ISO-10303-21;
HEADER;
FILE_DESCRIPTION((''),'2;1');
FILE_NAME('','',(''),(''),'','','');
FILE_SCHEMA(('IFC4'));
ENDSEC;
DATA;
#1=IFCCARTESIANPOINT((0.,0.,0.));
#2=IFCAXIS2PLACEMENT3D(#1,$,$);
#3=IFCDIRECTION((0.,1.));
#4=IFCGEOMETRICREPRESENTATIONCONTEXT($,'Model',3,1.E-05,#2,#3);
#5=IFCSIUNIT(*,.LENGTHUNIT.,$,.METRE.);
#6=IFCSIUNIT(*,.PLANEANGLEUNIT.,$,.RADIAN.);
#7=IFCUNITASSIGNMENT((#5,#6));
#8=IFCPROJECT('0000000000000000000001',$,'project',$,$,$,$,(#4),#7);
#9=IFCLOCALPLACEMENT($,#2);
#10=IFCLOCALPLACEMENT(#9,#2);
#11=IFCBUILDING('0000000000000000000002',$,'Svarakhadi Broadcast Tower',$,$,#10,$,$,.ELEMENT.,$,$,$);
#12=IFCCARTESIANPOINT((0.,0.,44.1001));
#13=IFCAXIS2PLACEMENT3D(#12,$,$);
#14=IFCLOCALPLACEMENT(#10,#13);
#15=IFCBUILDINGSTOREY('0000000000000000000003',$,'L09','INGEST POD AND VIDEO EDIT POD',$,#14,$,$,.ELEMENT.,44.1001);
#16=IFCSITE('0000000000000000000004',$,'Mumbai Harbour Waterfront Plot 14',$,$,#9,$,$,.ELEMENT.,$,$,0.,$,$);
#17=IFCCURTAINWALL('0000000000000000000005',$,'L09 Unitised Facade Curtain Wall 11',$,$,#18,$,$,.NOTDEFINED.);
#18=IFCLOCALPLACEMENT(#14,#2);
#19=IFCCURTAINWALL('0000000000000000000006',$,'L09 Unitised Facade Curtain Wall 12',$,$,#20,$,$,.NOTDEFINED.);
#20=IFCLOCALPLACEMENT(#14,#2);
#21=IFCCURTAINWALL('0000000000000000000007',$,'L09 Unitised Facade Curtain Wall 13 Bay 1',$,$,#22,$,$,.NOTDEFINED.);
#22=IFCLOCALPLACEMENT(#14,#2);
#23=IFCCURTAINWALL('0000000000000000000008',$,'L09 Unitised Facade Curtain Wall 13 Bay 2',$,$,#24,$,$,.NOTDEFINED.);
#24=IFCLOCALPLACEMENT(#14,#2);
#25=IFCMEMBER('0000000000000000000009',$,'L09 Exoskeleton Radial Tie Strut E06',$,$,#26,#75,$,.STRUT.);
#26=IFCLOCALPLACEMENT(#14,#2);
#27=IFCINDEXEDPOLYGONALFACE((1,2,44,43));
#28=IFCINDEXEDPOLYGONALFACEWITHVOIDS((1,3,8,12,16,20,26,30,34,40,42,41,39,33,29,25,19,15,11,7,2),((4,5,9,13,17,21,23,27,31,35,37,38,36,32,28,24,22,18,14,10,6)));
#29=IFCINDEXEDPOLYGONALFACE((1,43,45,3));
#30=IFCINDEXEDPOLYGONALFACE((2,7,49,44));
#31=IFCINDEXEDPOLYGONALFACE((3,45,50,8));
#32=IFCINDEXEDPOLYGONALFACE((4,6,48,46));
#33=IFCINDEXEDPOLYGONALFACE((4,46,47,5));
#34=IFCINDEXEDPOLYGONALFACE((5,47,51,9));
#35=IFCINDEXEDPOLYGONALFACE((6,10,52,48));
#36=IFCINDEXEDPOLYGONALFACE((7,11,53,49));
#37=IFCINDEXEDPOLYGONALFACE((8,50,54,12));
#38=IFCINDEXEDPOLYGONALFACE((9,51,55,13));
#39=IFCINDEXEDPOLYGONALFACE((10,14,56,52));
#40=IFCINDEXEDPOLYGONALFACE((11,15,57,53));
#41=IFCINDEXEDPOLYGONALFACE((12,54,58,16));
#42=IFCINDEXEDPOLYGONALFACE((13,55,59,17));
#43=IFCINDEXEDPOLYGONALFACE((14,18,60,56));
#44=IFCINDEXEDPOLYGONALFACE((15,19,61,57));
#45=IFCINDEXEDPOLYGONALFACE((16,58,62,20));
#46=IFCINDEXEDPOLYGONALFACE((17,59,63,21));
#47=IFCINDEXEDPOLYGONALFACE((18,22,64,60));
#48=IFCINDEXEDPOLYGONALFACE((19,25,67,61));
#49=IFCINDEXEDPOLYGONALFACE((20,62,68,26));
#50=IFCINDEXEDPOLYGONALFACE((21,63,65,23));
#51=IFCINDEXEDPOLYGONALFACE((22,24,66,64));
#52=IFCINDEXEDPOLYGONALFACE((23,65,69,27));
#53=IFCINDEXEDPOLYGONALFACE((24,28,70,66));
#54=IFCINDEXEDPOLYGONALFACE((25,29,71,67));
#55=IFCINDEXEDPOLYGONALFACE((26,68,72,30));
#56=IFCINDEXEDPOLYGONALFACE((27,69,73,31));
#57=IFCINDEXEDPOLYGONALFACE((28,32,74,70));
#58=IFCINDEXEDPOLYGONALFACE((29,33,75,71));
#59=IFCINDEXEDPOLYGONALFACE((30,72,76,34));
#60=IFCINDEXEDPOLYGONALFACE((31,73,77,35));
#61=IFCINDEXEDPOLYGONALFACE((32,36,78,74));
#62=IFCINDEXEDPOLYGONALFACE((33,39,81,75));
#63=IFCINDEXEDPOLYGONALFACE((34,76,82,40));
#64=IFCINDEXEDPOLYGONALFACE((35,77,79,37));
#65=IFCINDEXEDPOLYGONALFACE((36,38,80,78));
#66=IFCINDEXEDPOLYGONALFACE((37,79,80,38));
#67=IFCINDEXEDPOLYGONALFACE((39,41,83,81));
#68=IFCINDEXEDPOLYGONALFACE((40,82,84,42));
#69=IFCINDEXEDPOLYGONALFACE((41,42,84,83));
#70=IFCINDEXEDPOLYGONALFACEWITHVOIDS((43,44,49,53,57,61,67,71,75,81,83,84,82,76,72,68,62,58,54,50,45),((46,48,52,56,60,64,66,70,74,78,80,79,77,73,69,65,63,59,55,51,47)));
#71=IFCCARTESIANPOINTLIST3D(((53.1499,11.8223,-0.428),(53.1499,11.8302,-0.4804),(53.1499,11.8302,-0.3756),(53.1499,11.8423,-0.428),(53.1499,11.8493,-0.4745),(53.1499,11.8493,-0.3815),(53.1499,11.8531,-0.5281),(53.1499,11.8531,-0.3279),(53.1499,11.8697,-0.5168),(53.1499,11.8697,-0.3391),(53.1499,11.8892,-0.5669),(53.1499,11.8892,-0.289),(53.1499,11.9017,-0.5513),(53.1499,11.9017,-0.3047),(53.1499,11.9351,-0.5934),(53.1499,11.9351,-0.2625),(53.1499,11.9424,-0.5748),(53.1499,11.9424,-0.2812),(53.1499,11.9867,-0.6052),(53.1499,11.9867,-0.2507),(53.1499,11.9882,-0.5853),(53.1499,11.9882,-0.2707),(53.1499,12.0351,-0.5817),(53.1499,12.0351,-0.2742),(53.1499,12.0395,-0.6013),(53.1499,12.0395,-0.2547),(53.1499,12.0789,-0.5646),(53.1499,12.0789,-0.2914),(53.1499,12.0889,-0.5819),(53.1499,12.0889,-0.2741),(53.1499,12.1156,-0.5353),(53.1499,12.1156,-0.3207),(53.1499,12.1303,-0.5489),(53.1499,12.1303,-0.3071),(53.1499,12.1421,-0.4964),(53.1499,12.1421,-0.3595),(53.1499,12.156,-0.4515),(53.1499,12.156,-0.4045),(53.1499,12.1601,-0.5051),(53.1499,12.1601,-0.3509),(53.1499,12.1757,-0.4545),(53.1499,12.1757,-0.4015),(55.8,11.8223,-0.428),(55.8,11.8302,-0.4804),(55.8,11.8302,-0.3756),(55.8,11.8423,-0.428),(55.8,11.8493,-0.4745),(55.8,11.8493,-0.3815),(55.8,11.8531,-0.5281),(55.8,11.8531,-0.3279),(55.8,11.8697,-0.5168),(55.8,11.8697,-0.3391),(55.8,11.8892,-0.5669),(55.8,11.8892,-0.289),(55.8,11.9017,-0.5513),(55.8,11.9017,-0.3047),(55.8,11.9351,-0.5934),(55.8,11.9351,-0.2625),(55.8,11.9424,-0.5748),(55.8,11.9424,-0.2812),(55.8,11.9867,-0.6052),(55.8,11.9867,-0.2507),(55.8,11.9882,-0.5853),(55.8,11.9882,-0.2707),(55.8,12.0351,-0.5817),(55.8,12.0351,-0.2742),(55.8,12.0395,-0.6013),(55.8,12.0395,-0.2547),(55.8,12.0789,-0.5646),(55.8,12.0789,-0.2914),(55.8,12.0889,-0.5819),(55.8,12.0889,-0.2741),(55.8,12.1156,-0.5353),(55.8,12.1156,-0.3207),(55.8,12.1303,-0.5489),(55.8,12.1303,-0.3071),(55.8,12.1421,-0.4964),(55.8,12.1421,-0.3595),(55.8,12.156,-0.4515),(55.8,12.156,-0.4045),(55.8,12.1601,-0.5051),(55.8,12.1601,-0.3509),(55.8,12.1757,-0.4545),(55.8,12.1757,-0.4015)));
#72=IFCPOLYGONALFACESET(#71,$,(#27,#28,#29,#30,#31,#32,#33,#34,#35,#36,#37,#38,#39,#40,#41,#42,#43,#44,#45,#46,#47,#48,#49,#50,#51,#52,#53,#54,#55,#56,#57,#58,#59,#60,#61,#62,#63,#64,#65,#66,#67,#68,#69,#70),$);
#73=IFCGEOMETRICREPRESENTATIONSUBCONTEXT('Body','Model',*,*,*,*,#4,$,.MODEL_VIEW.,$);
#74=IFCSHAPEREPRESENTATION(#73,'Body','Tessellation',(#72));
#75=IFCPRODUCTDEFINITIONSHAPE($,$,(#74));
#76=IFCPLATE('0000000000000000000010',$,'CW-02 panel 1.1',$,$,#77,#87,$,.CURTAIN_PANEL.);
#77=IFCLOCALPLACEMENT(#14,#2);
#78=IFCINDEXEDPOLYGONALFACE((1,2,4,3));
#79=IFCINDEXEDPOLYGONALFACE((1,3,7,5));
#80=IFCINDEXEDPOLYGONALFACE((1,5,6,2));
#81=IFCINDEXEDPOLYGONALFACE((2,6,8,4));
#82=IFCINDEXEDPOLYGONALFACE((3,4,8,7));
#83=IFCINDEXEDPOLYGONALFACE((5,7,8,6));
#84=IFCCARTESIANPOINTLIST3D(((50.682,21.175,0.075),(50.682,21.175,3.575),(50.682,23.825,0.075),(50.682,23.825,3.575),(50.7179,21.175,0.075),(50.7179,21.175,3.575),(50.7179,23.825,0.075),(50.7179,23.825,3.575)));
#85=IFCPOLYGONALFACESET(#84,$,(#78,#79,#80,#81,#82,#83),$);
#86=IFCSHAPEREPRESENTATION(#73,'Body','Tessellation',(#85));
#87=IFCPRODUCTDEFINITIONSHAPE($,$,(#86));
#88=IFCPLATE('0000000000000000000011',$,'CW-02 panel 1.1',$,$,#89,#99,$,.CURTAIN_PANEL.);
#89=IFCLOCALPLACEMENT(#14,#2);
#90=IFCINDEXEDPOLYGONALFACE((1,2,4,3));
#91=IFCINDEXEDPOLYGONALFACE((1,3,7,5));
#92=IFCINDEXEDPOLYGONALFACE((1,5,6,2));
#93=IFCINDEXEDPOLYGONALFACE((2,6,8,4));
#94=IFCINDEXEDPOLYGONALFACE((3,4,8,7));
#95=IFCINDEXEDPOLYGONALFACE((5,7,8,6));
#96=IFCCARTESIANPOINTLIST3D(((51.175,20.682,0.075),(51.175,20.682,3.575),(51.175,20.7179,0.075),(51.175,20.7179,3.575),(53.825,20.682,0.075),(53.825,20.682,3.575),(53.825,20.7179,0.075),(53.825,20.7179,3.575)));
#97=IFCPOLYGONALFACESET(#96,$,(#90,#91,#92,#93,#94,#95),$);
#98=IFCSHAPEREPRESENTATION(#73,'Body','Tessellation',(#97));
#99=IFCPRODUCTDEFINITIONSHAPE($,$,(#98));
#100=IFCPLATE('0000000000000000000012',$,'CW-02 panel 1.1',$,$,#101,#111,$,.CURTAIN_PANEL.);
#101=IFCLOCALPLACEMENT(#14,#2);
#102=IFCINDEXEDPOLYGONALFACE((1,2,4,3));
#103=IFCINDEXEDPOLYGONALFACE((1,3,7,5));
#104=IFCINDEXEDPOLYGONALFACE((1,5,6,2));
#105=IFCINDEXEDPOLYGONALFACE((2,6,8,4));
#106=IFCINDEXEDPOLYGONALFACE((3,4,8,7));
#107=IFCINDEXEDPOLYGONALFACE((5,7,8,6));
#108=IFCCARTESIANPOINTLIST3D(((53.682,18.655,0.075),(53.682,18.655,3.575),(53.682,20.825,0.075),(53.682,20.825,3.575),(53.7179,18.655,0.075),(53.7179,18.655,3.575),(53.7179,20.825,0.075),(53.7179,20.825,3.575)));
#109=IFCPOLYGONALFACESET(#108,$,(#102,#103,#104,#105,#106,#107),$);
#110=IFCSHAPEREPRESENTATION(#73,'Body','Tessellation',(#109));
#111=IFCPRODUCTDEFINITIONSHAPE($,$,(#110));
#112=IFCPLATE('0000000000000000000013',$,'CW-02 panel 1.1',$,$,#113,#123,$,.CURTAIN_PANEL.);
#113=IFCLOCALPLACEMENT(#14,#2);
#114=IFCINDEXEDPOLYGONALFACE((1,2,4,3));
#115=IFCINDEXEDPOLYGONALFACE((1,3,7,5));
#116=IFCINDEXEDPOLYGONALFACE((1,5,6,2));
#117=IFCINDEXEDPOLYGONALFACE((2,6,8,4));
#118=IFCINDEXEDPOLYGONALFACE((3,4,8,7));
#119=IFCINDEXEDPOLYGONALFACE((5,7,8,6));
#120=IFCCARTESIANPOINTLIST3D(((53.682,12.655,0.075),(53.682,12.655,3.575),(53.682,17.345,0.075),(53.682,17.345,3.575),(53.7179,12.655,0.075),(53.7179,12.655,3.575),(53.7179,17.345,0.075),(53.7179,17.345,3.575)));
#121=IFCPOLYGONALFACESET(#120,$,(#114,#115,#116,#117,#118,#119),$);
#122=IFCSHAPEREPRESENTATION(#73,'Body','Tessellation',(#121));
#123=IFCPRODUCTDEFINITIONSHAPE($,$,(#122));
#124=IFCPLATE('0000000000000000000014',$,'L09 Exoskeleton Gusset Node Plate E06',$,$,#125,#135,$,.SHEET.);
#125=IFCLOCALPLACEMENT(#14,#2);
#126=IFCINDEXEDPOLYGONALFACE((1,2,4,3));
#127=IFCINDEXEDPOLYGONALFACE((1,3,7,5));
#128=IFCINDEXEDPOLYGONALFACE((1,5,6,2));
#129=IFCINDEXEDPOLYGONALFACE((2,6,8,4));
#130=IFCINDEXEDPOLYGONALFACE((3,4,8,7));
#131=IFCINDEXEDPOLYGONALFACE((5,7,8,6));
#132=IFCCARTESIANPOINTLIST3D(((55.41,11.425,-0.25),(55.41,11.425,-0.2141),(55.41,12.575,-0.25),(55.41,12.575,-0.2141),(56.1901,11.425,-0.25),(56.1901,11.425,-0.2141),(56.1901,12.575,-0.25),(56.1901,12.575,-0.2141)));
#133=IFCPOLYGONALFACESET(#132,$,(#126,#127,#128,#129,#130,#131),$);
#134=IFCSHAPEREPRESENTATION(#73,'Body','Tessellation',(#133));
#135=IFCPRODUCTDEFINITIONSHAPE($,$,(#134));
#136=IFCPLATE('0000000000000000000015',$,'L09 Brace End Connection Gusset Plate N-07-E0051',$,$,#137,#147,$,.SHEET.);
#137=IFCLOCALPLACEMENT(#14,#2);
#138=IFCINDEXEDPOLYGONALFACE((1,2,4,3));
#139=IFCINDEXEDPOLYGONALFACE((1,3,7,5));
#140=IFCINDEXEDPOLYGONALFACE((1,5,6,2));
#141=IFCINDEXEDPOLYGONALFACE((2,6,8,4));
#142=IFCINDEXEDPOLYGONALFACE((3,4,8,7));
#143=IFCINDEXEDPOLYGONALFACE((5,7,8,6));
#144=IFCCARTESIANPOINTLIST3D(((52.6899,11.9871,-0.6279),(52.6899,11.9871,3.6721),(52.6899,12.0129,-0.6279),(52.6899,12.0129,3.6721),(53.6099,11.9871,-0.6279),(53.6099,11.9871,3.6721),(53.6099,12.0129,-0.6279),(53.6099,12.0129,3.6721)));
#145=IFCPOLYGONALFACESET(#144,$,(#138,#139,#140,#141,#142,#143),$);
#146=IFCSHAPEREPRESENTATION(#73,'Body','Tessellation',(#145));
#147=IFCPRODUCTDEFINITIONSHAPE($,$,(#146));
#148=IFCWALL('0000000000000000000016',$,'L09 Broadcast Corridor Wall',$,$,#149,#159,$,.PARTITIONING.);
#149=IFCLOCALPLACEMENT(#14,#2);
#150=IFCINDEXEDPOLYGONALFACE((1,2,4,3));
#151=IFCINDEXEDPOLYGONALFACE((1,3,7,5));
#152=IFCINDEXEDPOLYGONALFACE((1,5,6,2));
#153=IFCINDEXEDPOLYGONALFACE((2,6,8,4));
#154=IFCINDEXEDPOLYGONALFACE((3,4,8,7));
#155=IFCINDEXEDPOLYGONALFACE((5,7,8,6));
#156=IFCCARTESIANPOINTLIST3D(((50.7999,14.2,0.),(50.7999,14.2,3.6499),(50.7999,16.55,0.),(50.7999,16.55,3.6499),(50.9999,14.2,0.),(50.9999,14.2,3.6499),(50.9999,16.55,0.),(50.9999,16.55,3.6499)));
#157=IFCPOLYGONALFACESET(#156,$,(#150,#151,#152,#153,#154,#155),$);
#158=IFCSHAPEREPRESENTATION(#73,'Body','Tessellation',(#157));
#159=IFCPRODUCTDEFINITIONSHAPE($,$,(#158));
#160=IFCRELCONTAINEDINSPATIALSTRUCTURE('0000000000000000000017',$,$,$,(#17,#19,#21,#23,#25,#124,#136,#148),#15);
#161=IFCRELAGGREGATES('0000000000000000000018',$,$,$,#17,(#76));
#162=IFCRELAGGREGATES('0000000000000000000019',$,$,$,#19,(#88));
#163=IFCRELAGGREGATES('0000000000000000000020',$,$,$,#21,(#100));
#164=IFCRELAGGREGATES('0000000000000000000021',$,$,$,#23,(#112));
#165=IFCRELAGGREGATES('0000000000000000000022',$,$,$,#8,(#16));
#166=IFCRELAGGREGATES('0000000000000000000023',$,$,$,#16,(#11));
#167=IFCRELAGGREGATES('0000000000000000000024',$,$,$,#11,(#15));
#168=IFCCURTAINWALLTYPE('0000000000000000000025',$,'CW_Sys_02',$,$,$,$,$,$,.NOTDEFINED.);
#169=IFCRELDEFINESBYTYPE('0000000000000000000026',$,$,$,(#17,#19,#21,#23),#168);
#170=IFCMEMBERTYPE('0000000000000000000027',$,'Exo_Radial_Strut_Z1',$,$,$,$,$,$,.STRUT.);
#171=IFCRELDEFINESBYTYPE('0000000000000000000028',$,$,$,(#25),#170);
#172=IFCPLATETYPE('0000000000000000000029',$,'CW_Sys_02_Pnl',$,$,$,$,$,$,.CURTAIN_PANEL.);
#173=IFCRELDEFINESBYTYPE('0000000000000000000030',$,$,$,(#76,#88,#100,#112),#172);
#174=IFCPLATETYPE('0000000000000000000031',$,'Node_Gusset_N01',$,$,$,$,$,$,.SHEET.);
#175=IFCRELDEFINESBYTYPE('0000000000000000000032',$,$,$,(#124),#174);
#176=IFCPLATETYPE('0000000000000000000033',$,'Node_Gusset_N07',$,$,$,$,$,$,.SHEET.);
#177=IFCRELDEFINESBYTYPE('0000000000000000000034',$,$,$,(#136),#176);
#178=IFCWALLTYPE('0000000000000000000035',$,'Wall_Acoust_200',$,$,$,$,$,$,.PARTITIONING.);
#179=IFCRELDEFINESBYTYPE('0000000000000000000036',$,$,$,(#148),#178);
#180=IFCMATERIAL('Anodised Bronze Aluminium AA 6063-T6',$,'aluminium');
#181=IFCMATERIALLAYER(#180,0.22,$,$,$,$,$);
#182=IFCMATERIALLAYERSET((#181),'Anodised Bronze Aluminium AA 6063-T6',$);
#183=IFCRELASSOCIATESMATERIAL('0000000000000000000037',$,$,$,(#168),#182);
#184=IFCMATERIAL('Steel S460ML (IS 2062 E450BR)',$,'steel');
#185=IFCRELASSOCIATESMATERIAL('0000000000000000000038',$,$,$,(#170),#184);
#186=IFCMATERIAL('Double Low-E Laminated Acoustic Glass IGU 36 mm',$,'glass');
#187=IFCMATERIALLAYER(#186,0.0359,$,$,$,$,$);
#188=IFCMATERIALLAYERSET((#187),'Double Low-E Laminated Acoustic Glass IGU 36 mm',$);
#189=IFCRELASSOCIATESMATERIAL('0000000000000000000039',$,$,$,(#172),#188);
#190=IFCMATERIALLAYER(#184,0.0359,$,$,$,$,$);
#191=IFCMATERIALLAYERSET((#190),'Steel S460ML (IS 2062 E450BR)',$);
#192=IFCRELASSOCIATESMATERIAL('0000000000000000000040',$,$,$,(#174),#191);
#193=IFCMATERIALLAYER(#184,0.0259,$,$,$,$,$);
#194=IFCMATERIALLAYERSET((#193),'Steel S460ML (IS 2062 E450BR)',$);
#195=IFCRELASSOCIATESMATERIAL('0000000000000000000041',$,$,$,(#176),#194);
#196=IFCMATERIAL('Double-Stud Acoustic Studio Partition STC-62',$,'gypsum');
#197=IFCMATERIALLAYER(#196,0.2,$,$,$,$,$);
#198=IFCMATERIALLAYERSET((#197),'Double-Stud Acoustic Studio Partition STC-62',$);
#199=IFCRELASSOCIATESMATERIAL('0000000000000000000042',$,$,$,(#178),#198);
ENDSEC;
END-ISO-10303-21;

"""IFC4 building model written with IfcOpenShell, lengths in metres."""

from ifc_helpers import new_model, si_unit, direction, frame, frame_2d, origin, origin_2d, place, context, subcontext, project, spatial, rectangle, hollow_circle, extrude, material, layer, layer_set, material_profile, profile_set, type_object, element, aggregate, save


model = new_model("IFC4")

# Units and contexts
model_context = context("Model", 3, precision=1e-05, world=origin(), true_north=direction((0.0, 1.0)))
body_context = subcontext(model_context, "Body", "Model", "MODEL_VIEW")
ifc_project = project(units=[si_unit("LENGTHUNIT", "METRE"), si_unit("PLANEANGLEUNIT", "RADIAN")], contexts=[model_context])

# Site, building, storey
site_placement = place(None, origin())
site = spatial("IfcSite", under=ifc_project, at=site_placement, Name="Mumbai Harbour Waterfront Plot 14", CompositionType="ELEMENT", RefElevation=0.0)
building_placement = place(site_placement, origin())
building = spatial("IfcBuilding", under=site, at=building_placement, Name="Svarakhadi Broadcast Tower", CompositionType="ELEMENT")
storey_placement = place(building_placement, frame((0.0, 0.0, 44.1001)))
storey = spatial("IfcBuildingStorey", under=building, at=storey_placement, Name="L09", Description="INGEST POD AND VIDEO EDIT POD", CompositionType="ELEMENT", Elevation=44.1001)

# Curtain wall
ifc_material_1 = material(Name="Anodised Bronze Aluminium AA 6063-T6", Category="aluminium")
ifc_layer_1 = layer(ifc_material_1, 0.22)
ifc_layer_set_1 = layer_set([ifc_layer_1], Name="Anodised Bronze Aluminium AA 6063-T6")
curtain_wall_type = type_object("IfcCurtainWallType", Name="CW_Sys_02", PredefinedType="NOTDEFINED", material=ifc_layer_set_1)
curtain_wall_1_placement = place(storey_placement, origin())
curtain_wall_1 = element("IfcCurtainWall", 1, at=curtain_wall_1_placement, inside=storey, type_object=curtain_wall_type, Name="L09 Unitised Facade Curtain Wall 11", PredefinedType="NOTDEFINED")

# Curtain walls
curtain_wall_2_placement = place(storey_placement, origin())
curtain_wall_2 = element("IfcCurtainWall", 2, at=curtain_wall_2_placement, inside=storey, type_object=curtain_wall_type, Name="L09 Unitised Facade Curtain Wall 12", PredefinedType="NOTDEFINED")
curtain_wall_3_placement = place(storey_placement, origin())
curtain_wall_3 = element("IfcCurtainWall", 3, at=curtain_wall_3_placement, inside=storey, type_object=curtain_wall_type, Name="L09 Unitised Facade Curtain Wall 13 Bay 1", PredefinedType="NOTDEFINED")
curtain_wall_4_placement = place(storey_placement, origin())
curtain_wall_4 = element("IfcCurtainWall", 4, at=curtain_wall_4_placement, inside=storey, type_object=curtain_wall_type, Name="L09 Unitised Facade Curtain Wall 13 Bay 2", PredefinedType="NOTDEFINED")

# Member
ifc_material_2 = material(Name="Steel S460ML (IS 2062 E450BR)", Category="steel")
ifc_material_profile_1 = material_profile(ifc_material_2, hollow_circle(Radius=0.1777, WallThickness=0.02, at=origin_2d()), Name="CHS 355.6x20")
ifc_profile_set_1 = profile_set([ifc_material_profile_1], Name="Steel S460ML (IS 2062 E450BR)")
member_type_1 = type_object("IfcMemberType", Name="Exo_Radial_Strut_Z1", PredefinedType="STRUT", material=ifc_profile_set_1)
member_1_placement = place(storey_placement, frame((55.8, 12.0, -0.428), z_axis=(-1.0, 0.0, 0.0), x_axis=(0.0, -1.0, 0.0)))
element("IfcMember", 5, at=member_1_placement, inside=storey, type_object=member_type_1, Name="L09 Exoskeleton Radial Tie Strut E06", PredefinedType="STRUT", context=body_context, shape_type="SweptSolid", body=[
    extrude(hollow_circle(Radius=0.1777, WallThickness=0.02, at=origin_2d()), origin(), (0.0, 0.0, 1.0), 2.6501),
])

# Plates
ifc_material_3 = material(Name="Double Low-E Laminated Acoustic Glass IGU 36 mm", Category="glass")
ifc_layer_2 = layer(ifc_material_3, 0.0359)
ifc_layer_set_2 = layer_set([ifc_layer_2], Name="Double Low-E Laminated Acoustic Glass IGU 36 mm")
plate_type_1 = type_object("IfcPlateType", Name="CW_Sys_02_Pnl", PredefinedType="CURTAIN_PANEL", material=ifc_layer_set_2)
plate_1_placement = place(storey_placement, frame((50.7, 22.5, 0.075), z_axis=(0.0, 0.0, 1.0), x_axis=(0.0, -1.0, 0.0)))
plate_1 = element("IfcPlate", 6, at=plate_1_placement, type_object=plate_type_1, Name="CW-02 panel 1.1", PredefinedType="CURTAIN_PANEL", context=body_context, shape_type="SweptSolid", body=[
    extrude(rectangle(XDim=2.6499, YDim=0.0359, at=origin_2d()), origin(), (0.0, 0.0, 1.0), 3.5),
])
aggregate(curtain_wall_1, [plate_1])
plate_2_placement = place(storey_placement, frame((52.5, 20.7, 0.075), z_axis=(0.0, 0.0, 1.0), x_axis=(1.0, 0.0, 0.0)))
plate_2 = element("IfcPlate", 7, at=plate_2_placement, type_object=plate_type_1, Name="CW-02 panel 1.1", PredefinedType="CURTAIN_PANEL", context=body_context, shape_type="SweptSolid", body=[
    extrude(rectangle(XDim=2.6499, YDim=0.0359, at=origin_2d()), origin(), (0.0, 0.0, 1.0), 3.5),
])
aggregate(curtain_wall_2, [plate_2])
plate_3_placement = place(storey_placement, frame((53.7, 19.74, 0.075), z_axis=(0.0, 0.0, 1.0), x_axis=(0.0, -1.0, 0.0)))
plate_3 = element("IfcPlate", 8, at=plate_3_placement, type_object=plate_type_1, Name="CW-02 panel 1.1", PredefinedType="CURTAIN_PANEL", context=body_context, shape_type="SweptSolid", body=[
    extrude(rectangle(XDim=2.1699, YDim=0.0359, at=origin_2d()), origin(), (0.0, 0.0, 1.0), 3.5),
])
aggregate(curtain_wall_3, [plate_3])
plate_4_placement = place(storey_placement, frame((53.7, 15.0, 0.075), z_axis=(0.0, 0.0, 1.0), x_axis=(0.0, -1.0, 0.0)))
plate_4 = element("IfcPlate", 9, at=plate_4_placement, type_object=plate_type_1, Name="CW-02 panel 1.1", PredefinedType="CURTAIN_PANEL", context=body_context, shape_type="SweptSolid", body=[
    extrude(rectangle(XDim=4.6899, YDim=0.0359, at=origin_2d()), origin(), (0.0, 0.0, 1.0), 3.5),
])
aggregate(curtain_wall_4, [plate_4])

# Plates
ifc_layer_3 = layer(ifc_material_2, 0.0359)
ifc_layer_set_3 = layer_set([ifc_layer_3], Name="Steel S460ML (IS 2062 E450BR)")
plate_type_2 = type_object("IfcPlateType", Name="Node_Gusset_N01", PredefinedType="SHEET", material=ifc_layer_set_3)
plate_5_placement = place(storey_placement, frame((55.8, 12.0, -0.25), z_axis=(0.0, 0.0, 1.0), x_axis=(0.0, 1.0, 0.0)))
element("IfcPlate", 10, at=plate_5_placement, inside=storey, type_object=plate_type_2, Name="L09 Exoskeleton Gusset Node Plate E06", PredefinedType="SHEET", context=body_context, shape_type="SweptSolid", body=[
    extrude(rectangle(XDim=1.1499, YDim=0.78, at=origin_2d()), origin(), (0.0, 0.0, 1.0), 0.0359),
])
ifc_layer_4 = layer(ifc_material_2, 0.0259)
ifc_layer_set_4 = layer_set([ifc_layer_4], Name="Steel S460ML (IS 2062 E450BR)")
plate_type_3 = type_object("IfcPlateType", Name="Node_Gusset_N07", PredefinedType="SHEET", material=ifc_layer_set_4)
plate_6_placement = place(storey_placement, frame((53.1499, 12.0, -0.6279), z_axis=(0.0, 0.0, 1.0), x_axis=(1.0, 0.0, 0.0)))
element("IfcPlate", 11, at=plate_6_placement, inside=storey, type_object=plate_type_3, Name="L09 Brace End Connection Gusset Plate N-07-E0051", PredefinedType="SHEET", context=body_context, shape_type="SweptSolid", body=[
    extrude(rectangle(XDim=0.9199, YDim=0.0259, at=origin_2d()), origin(), (0.0, 0.0, 1.0), 4.3),
])

# Wall
ifc_material_4 = material(Name="Double-Stud Acoustic Studio Partition STC-62", Category="gypsum")
ifc_layer_5 = layer(ifc_material_4, 0.2)
ifc_layer_set_5 = layer_set([ifc_layer_5], Name="Double-Stud Acoustic Studio Partition STC-62")
wall_type_1 = type_object("IfcWallType", Name="Wall_Acoust_200", PredefinedType="PARTITIONING", material=ifc_layer_set_5)
wall_1_placement = place(storey_placement, frame((50.8999, 16.55, 0.0), z_axis=(0.0, 0.0, 1.0), x_axis=(0.0, -1.0, 0.0)))
element("IfcWall", 12, at=wall_1_placement, inside=storey, type_object=wall_type_1, Name="L09 Broadcast Corridor Wall", PredefinedType="PARTITIONING", context=body_context, shape_type="SweptSolid", body=[
    extrude(rectangle(XDim=2.3501, YDim=0.2, at=frame_2d((1.175, 0.0))), origin(), (0.0, 0.0, 1.0), 3.6499),
])

save(model, "model.ifc")
